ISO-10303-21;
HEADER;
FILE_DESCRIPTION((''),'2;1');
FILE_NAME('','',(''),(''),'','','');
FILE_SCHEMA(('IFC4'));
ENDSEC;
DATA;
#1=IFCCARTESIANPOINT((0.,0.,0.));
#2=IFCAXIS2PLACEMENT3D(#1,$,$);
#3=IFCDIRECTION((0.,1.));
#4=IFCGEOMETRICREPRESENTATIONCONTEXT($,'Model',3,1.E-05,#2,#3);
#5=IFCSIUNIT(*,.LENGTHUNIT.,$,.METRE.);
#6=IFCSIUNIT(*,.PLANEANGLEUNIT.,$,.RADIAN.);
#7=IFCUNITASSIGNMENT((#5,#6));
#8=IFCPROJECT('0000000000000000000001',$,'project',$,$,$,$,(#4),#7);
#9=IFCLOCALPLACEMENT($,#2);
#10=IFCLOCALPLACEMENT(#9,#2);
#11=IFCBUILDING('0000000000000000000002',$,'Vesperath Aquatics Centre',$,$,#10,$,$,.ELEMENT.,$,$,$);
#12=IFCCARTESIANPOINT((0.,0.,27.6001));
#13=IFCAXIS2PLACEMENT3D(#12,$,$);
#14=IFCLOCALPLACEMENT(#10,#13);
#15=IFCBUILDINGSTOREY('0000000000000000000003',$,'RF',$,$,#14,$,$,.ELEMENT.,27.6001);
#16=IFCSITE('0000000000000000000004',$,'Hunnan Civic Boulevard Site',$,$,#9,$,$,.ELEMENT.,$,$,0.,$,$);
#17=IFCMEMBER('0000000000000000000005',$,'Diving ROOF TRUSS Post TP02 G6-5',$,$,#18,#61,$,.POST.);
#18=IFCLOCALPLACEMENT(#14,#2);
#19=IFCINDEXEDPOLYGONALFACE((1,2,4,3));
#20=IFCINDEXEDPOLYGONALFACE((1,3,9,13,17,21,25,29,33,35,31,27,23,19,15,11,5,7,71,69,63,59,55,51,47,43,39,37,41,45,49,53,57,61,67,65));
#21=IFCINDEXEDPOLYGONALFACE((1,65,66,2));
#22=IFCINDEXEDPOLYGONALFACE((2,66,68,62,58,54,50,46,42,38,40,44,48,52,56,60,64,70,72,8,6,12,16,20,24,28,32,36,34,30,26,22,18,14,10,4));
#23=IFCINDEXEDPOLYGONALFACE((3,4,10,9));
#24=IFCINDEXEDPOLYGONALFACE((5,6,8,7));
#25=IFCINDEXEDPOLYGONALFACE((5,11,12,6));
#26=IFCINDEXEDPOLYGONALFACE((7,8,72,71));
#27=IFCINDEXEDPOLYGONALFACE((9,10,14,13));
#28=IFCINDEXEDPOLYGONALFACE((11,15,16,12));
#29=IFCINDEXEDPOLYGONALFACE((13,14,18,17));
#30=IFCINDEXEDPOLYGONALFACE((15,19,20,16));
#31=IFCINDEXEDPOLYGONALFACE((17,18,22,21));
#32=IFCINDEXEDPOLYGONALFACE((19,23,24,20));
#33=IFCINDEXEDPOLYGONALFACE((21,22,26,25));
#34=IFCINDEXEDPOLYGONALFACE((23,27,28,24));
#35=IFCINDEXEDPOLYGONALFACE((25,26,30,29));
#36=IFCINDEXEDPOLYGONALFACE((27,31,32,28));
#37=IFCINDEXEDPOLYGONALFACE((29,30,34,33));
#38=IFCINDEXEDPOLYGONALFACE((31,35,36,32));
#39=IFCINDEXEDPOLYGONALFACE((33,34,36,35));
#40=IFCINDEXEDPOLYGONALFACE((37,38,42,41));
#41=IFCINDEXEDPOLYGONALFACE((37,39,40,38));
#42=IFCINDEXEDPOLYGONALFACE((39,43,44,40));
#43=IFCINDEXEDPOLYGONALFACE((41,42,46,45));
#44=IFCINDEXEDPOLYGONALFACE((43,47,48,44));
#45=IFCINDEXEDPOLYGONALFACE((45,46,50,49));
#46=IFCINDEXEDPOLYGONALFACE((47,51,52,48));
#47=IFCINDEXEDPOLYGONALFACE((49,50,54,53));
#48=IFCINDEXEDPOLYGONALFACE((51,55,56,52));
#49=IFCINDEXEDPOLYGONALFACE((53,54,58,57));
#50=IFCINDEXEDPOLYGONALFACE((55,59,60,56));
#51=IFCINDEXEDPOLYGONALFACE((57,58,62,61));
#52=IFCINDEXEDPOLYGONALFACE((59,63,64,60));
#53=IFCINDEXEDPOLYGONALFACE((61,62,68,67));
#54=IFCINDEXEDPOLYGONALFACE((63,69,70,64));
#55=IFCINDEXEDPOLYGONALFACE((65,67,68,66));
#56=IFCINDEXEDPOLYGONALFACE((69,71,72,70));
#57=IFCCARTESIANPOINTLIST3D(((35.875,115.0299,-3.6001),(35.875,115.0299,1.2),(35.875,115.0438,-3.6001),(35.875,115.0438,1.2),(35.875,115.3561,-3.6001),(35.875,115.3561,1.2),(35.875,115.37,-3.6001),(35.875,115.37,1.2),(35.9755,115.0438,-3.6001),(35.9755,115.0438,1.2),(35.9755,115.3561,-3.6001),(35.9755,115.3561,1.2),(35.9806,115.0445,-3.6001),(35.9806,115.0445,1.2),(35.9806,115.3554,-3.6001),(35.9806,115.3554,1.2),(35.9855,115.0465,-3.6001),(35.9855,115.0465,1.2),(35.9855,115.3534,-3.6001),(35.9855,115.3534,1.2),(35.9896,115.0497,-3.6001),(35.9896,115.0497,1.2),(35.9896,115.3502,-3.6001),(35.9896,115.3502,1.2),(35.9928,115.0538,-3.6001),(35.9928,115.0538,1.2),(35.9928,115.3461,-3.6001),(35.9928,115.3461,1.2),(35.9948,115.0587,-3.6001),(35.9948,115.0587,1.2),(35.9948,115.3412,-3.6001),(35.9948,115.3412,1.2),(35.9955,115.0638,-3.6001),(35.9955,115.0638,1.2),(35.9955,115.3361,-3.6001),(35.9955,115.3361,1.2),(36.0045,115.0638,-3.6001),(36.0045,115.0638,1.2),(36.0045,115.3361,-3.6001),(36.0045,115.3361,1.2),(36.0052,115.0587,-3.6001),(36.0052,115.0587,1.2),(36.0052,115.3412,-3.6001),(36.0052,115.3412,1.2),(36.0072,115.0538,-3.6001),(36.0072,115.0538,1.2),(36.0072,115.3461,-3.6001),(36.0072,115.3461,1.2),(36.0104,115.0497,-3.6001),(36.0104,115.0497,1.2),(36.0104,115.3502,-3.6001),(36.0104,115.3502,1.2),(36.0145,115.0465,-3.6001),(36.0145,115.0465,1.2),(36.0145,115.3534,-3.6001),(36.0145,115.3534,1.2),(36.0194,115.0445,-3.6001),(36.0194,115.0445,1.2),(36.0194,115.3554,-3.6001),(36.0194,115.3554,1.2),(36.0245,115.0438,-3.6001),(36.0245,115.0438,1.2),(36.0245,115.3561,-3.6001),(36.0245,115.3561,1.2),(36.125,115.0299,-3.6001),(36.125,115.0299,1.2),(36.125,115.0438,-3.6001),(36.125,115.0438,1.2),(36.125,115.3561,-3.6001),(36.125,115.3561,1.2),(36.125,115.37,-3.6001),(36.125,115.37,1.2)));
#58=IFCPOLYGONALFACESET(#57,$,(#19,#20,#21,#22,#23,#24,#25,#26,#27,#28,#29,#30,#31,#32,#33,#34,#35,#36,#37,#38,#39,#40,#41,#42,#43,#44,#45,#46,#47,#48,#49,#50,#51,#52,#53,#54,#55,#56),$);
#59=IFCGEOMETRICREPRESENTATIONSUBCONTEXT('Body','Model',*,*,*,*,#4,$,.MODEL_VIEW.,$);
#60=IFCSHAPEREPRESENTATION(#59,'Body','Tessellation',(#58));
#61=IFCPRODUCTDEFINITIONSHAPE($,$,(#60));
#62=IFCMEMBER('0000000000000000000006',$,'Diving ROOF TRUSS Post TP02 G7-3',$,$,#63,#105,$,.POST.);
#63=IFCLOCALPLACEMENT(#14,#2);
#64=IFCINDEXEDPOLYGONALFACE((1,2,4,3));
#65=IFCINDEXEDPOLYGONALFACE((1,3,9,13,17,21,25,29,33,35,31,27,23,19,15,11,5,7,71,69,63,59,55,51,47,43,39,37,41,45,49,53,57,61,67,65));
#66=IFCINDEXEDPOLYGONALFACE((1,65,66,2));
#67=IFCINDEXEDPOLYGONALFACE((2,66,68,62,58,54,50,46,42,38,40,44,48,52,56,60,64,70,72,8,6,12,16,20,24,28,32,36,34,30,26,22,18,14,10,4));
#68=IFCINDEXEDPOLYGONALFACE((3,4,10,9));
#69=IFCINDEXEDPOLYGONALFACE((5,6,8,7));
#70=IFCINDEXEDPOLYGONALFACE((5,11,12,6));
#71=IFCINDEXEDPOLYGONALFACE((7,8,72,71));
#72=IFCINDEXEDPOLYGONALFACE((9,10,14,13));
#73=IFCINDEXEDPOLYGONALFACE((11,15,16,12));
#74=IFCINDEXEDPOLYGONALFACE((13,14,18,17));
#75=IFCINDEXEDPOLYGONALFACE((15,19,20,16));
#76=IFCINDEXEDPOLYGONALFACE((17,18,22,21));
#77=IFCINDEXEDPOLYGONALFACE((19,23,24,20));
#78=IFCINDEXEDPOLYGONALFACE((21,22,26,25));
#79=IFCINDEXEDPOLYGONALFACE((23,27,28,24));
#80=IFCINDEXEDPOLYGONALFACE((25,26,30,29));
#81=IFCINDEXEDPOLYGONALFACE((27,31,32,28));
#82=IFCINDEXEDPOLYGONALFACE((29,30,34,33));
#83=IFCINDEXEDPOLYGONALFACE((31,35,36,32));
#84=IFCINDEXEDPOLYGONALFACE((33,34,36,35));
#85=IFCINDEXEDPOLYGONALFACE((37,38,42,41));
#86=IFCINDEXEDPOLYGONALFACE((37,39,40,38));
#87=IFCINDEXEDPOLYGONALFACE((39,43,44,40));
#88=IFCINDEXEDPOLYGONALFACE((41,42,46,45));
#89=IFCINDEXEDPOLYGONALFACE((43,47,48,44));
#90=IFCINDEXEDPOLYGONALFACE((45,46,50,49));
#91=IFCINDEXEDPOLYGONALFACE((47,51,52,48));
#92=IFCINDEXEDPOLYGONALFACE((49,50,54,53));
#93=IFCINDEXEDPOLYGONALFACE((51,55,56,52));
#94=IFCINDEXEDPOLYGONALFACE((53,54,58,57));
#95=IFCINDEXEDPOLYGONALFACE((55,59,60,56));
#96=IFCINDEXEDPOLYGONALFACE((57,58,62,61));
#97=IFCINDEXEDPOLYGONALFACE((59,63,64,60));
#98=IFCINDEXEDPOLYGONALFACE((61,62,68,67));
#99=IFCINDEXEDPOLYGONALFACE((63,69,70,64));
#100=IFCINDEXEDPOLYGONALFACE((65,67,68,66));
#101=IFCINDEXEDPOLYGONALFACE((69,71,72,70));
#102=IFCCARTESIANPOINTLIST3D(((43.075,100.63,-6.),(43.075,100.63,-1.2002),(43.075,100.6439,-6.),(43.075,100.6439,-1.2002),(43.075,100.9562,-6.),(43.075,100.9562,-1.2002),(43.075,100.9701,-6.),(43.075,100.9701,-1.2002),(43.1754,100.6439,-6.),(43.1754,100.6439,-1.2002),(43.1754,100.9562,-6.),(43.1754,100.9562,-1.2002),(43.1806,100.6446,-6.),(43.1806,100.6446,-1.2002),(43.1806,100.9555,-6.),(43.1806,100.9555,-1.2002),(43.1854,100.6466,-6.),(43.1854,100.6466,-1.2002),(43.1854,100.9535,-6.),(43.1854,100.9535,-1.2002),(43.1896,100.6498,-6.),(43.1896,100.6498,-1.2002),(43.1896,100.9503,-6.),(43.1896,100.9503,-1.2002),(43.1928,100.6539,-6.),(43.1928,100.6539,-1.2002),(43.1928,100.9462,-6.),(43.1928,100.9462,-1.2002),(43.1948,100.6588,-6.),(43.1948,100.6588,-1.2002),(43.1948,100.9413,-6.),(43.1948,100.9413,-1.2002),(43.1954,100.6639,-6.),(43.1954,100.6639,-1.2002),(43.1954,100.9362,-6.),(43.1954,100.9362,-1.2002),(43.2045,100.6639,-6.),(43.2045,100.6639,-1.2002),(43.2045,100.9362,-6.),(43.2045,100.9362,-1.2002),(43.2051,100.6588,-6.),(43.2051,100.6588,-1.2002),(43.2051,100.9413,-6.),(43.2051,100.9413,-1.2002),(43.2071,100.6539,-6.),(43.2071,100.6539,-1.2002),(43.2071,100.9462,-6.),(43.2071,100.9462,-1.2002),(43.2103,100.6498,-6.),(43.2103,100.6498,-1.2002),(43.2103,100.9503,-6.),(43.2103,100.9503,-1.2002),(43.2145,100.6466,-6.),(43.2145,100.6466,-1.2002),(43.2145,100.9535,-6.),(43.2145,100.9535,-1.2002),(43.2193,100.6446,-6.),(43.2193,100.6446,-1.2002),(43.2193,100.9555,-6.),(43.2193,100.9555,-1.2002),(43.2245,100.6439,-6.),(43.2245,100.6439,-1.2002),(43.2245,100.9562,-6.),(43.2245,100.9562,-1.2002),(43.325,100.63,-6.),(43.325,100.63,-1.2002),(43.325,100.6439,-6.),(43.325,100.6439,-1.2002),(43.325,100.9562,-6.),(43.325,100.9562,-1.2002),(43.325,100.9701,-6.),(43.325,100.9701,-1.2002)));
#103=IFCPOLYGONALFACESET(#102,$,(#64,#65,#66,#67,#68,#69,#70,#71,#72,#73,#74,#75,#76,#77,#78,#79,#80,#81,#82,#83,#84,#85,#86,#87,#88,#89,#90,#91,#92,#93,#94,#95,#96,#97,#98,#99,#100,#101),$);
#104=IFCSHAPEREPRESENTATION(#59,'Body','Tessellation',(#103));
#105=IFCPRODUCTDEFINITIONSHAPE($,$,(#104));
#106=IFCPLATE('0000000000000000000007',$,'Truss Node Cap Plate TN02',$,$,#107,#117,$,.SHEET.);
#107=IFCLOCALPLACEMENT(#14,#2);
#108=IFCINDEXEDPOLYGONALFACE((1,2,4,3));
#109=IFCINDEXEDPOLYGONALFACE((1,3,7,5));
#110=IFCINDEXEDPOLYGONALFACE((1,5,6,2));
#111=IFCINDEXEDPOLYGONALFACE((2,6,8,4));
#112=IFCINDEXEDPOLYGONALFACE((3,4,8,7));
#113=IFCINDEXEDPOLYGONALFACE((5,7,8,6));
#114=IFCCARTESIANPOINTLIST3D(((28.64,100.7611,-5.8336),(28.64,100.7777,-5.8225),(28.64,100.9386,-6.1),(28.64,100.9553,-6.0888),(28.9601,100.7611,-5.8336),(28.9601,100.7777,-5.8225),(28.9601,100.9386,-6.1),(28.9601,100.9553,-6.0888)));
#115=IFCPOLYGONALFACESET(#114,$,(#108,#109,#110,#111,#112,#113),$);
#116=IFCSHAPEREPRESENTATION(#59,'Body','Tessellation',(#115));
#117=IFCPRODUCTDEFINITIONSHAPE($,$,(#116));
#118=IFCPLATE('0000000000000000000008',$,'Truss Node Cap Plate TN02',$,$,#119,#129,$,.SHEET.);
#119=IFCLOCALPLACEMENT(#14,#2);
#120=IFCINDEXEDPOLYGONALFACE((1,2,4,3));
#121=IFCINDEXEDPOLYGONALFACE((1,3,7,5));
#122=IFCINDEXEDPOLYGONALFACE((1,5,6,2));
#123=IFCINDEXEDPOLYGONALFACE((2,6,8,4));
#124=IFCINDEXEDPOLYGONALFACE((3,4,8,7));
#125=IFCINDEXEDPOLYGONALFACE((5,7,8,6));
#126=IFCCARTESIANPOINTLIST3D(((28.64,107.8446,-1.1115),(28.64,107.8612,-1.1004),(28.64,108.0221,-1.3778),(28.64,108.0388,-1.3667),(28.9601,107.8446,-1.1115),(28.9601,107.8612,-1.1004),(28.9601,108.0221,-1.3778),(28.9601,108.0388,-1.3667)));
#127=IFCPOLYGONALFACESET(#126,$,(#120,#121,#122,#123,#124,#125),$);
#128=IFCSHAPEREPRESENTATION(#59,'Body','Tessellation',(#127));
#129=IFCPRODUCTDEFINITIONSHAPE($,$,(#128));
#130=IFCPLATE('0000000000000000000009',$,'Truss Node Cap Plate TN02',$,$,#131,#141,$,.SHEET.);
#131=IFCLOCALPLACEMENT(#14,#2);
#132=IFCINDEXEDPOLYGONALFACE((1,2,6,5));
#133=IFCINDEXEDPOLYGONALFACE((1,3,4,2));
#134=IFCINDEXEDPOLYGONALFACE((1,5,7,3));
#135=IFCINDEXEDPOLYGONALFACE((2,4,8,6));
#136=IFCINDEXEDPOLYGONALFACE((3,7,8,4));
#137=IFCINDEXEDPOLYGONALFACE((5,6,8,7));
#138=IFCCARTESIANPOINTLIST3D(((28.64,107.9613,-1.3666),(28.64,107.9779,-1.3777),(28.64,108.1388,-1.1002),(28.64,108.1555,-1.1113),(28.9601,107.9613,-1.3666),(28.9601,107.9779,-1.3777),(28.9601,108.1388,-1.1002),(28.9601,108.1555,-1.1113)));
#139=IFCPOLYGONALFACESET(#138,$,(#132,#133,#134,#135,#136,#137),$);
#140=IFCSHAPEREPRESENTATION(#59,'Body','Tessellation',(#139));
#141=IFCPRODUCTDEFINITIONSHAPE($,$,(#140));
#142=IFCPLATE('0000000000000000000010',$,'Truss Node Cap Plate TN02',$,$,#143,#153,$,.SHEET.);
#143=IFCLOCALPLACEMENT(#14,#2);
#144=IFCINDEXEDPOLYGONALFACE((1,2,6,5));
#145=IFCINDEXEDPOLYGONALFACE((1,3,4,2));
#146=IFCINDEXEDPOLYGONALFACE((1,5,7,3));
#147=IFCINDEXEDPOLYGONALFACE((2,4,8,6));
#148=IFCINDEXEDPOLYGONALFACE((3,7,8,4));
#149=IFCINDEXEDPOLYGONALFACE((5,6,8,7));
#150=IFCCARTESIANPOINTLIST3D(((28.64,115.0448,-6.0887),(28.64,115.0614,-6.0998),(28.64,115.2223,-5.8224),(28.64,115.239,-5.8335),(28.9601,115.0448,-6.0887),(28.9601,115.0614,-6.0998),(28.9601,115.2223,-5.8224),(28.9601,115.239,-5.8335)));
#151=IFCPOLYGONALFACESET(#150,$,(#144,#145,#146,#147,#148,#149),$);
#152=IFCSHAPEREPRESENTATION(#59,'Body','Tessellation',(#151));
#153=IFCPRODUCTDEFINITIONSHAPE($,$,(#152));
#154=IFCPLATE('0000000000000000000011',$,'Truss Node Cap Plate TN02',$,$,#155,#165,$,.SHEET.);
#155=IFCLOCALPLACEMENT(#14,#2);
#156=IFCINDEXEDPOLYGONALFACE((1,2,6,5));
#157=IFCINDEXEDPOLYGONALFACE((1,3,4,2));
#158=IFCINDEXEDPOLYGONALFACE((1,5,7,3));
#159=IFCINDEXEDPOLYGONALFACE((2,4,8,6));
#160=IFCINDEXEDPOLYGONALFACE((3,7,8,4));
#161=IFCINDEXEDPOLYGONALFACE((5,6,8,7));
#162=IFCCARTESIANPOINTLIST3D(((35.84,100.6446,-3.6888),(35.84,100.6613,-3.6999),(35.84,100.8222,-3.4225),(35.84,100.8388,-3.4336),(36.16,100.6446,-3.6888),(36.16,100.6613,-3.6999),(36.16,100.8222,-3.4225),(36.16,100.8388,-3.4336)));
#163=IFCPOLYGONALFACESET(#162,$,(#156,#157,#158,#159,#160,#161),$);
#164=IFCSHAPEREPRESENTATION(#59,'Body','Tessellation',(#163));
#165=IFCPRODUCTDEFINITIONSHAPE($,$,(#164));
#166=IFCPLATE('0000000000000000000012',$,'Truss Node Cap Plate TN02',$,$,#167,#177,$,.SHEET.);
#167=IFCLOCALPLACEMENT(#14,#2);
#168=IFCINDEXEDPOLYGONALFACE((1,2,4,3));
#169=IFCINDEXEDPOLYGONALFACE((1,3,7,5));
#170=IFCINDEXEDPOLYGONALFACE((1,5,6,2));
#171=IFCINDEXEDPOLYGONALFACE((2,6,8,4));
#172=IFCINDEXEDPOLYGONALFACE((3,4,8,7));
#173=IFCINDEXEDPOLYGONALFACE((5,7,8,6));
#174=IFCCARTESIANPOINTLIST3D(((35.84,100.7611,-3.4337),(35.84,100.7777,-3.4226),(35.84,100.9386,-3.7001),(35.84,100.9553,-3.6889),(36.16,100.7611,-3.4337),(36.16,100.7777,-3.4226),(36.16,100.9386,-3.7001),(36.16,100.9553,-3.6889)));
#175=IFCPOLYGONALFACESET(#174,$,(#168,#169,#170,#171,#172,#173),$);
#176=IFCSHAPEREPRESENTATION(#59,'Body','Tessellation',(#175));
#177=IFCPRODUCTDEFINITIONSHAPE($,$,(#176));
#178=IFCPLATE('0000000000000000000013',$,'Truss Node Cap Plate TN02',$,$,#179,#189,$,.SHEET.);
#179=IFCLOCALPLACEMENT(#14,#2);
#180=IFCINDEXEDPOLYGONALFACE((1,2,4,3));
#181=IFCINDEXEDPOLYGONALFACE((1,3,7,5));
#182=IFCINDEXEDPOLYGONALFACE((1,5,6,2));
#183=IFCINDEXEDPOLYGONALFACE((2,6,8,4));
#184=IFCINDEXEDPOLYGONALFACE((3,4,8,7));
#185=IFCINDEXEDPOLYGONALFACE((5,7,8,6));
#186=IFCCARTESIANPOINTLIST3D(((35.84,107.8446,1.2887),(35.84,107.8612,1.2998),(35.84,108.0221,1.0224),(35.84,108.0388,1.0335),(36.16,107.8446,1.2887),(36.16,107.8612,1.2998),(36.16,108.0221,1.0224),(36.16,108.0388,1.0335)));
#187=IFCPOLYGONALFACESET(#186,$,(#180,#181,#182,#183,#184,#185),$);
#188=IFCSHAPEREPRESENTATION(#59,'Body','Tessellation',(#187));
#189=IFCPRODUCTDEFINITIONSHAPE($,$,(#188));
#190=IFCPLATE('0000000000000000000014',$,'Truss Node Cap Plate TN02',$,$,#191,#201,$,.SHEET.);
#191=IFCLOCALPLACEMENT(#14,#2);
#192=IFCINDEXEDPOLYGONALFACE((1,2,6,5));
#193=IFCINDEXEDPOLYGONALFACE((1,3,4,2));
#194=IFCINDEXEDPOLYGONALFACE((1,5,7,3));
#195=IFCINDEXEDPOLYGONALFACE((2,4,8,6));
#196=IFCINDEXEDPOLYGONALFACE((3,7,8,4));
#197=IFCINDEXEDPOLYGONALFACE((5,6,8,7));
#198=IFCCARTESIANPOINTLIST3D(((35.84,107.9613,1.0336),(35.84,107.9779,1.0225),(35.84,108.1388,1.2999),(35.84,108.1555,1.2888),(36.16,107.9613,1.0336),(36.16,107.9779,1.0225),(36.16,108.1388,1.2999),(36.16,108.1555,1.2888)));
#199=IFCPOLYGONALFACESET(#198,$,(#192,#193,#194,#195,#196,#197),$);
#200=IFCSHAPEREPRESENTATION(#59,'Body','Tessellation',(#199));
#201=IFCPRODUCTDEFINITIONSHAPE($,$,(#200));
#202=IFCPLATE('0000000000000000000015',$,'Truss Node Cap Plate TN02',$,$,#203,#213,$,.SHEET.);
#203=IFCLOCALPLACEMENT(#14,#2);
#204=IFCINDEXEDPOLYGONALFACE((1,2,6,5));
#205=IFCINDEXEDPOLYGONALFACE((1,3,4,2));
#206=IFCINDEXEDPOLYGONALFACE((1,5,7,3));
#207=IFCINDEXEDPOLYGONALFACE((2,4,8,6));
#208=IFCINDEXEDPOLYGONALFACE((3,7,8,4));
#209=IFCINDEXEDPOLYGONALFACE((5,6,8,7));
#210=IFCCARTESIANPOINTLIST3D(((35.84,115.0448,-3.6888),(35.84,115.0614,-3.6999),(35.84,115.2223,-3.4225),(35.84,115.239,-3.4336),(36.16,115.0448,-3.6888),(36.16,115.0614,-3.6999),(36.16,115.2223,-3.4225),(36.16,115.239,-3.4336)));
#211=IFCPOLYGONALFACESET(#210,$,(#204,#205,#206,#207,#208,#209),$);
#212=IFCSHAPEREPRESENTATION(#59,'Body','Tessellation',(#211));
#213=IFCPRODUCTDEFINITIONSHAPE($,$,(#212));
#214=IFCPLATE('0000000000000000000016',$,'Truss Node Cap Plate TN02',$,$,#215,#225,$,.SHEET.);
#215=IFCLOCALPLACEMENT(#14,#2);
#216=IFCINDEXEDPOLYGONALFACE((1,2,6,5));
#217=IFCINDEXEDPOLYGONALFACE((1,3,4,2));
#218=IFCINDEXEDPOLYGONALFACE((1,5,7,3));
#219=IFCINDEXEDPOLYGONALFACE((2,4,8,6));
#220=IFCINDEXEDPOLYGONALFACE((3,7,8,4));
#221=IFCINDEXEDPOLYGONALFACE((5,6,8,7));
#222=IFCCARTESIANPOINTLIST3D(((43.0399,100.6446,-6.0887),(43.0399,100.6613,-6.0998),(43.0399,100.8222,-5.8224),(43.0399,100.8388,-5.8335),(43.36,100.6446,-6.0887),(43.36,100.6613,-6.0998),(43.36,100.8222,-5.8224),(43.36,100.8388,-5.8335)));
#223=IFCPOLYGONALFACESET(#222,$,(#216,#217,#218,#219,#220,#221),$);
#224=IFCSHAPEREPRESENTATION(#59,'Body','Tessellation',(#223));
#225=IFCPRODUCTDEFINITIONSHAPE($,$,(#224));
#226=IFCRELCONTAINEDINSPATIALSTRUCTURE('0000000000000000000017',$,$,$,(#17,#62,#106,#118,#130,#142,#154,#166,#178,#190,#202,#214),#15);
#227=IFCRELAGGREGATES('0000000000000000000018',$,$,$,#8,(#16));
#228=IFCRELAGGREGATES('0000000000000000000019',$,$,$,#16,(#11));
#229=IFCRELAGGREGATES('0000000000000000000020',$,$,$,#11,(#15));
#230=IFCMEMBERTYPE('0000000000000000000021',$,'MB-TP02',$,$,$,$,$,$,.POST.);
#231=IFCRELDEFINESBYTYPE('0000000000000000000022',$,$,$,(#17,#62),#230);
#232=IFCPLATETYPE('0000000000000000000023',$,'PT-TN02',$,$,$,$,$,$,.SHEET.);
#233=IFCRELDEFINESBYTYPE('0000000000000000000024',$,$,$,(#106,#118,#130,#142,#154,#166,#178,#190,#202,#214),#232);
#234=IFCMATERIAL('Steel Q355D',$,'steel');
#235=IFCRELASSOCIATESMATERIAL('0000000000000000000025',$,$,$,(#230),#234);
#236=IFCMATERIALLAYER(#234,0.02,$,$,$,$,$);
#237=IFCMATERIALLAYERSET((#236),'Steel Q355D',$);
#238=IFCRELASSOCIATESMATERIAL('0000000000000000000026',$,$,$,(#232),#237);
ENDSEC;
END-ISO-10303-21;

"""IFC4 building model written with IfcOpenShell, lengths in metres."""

from ifc_helpers import new_model, si_unit, direction, frame, origin, origin_2d, place, context, subcontext, project, spatial, rectangle, i_section, extrude, material, layer, layer_set, material_profile, profile_set, type_object, element, save


model = new_model("IFC4")

# Units and contexts
model_context = context("Model", 3, precision=1e-05, world=origin(), true_north=direction((0.0, 1.0)))
body_context = subcontext(model_context, "Body", "Model", "MODEL_VIEW")
ifc_project = project(units=[si_unit("LENGTHUNIT", "METRE"), si_unit("PLANEANGLEUNIT", "RADIAN")], contexts=[model_context])

# Site, building, storey
site_placement = place(None, origin())
site = spatial("IfcSite", under=ifc_project, at=site_placement, Name="Hunnan Civic Boulevard Site", CompositionType="ELEMENT", RefElevation=0.0)
building_placement = place(site_placement, origin())
building = spatial("IfcBuilding", under=site, at=building_placement, Name="Vesperath Aquatics Centre", CompositionType="ELEMENT")
storey_placement = place(building_placement, frame((0.0, 0.0, 27.6001)))
storey = spatial("IfcBuildingStorey", under=building, at=storey_placement, Name="RF", CompositionType="ELEMENT", Elevation=27.6001)

# Members
ifc_material_1 = material(Name="Steel Q355D", Category="steel")
ifc_material_profile_1 = material_profile(ifc_material_1, i_section(OverallWidth=0.25, OverallDepth=0.3401, WebThickness=0.009, FlangeThickness=0.0139, FilletRadius=0.02, at=origin_2d()), Name="HM 340x250x9x14")
ifc_profile_set_1 = profile_set([ifc_material_profile_1], Name="Steel Q355D")
member_type_1 = type_object("IfcMemberType", Name="MB-TP02", PredefinedType="POST", material=ifc_profile_set_1)
for number, where, z_axis, x_axis, name in (
    (1, (36.0, 115.2, -3.6001), (0.0, 0.0, 1.0), (1.0, 0.0, 0.0), "Diving ROOF TRUSS Post TP02 G6-5"),
):
    element("IfcMember", number, at=place(storey_placement, frame(where, z_axis=z_axis, x_axis=x_axis)), inside=storey, type_object=member_type_1, Name=name, PredefinedType="POST", context=body_context, shape_type="SweptSolid", body=[
        extrude(i_section(OverallWidth=0.25, OverallDepth=0.3401, WebThickness=0.009, FlangeThickness=0.0139, FilletRadius=0.02, at=origin_2d()), origin(), (0.0, 0.0, 1.0), 4.8),
    ])
member_placement = place(storey_placement, frame((43.2, 100.8, -6.0), z_axis=(0.0, 0.0, 1.0), x_axis=(1.0, 0.0, 0.0)))
element("IfcMember", 2, at=member_placement, inside=storey, type_object=member_type_1, Name="Diving ROOF TRUSS Post TP02 G7-3", PredefinedType="POST", context=body_context, shape_type="SweptSolid", body=[
    extrude(i_section(OverallWidth=0.25, OverallDepth=0.3401, WebThickness=0.009, FlangeThickness=0.0139, FilletRadius=0.02, at=origin_2d()), origin(), (0.0, 0.0, 1.0), 4.7998),
])

# Plates
ifc_layer = layer(ifc_material_1, 0.02)
ifc_layer_set = layer_set([ifc_layer], Name="Steel Q355D")
plate_type = type_object("IfcPlateType", Name="PT-TN02", PredefinedType="SHEET", material=ifc_layer_set)
for number, where, z_axis, x_axis, name in (
    (3, (28.8, 100.8499, -5.9668), (0.0, 0.83205, 0.5547), (-1.0, 0.0, 0.0), "Truss Node Cap Plate TN02"),
    (4, (28.8, 107.9333, -1.2446), (0.0, 0.83205, 0.5547), (-1.0, 0.0, 0.0), "Truss Node Cap Plate TN02"),
    (5, (28.8, 108.05, -1.2334), (0.0, 0.83205, -0.5547), (-1.0, 0.0, 0.0), "Truss Node Cap Plate TN02"),
    (6, (28.8, 115.1335, -5.9556), (0.0, 0.83205, -0.5547), (-1.0, 0.0, 0.0), "Truss Node Cap Plate TN02"),
    (7, (36.0, 100.7334, -3.5557), (0.0, 0.83205, -0.5547), (-1.0, 0.0, 0.0), "Truss Node Cap Plate TN02"),
    (8, (36.0, 100.8499, -3.5669), (0.0, 0.83205, 0.5547), (-1.0, 0.0, 0.0), "Truss Node Cap Plate TN02"),
    (9, (36.0, 107.9333, 1.1555), (0.0, 0.83205, 0.5547), (-1.0, 0.0, 0.0), "Truss Node Cap Plate TN02"),
    (10, (36.0, 108.05, 1.1667), (0.0, 0.83205, -0.5547), (-1.0, 0.0, 0.0), "Truss Node Cap Plate TN02"),
    (11, (36.0, 115.1335, -3.5557), (0.0, 0.83205, -0.5547), (-1.0, 0.0, 0.0), "Truss Node Cap Plate TN02"),
    (12, (43.2, 100.7334, -5.9556), (0.0, 0.83205, -0.5547), (-1.0, 0.0, 0.0), "Truss Node Cap Plate TN02"),
):
    element("IfcPlate", number, at=place(storey_placement, frame(where, z_axis=z_axis, x_axis=x_axis)), inside=storey, type_object=plate_type, Name=name, PredefinedType="SHEET", context=body_context, shape_type="SweptSolid", body=[
        extrude(rectangle(XDim=0.3201, YDim=0.3201, at=origin_2d()), origin(), (0.0, 0.0, 1.0), 0.02),
    ])

save(model, "model.ifc")
